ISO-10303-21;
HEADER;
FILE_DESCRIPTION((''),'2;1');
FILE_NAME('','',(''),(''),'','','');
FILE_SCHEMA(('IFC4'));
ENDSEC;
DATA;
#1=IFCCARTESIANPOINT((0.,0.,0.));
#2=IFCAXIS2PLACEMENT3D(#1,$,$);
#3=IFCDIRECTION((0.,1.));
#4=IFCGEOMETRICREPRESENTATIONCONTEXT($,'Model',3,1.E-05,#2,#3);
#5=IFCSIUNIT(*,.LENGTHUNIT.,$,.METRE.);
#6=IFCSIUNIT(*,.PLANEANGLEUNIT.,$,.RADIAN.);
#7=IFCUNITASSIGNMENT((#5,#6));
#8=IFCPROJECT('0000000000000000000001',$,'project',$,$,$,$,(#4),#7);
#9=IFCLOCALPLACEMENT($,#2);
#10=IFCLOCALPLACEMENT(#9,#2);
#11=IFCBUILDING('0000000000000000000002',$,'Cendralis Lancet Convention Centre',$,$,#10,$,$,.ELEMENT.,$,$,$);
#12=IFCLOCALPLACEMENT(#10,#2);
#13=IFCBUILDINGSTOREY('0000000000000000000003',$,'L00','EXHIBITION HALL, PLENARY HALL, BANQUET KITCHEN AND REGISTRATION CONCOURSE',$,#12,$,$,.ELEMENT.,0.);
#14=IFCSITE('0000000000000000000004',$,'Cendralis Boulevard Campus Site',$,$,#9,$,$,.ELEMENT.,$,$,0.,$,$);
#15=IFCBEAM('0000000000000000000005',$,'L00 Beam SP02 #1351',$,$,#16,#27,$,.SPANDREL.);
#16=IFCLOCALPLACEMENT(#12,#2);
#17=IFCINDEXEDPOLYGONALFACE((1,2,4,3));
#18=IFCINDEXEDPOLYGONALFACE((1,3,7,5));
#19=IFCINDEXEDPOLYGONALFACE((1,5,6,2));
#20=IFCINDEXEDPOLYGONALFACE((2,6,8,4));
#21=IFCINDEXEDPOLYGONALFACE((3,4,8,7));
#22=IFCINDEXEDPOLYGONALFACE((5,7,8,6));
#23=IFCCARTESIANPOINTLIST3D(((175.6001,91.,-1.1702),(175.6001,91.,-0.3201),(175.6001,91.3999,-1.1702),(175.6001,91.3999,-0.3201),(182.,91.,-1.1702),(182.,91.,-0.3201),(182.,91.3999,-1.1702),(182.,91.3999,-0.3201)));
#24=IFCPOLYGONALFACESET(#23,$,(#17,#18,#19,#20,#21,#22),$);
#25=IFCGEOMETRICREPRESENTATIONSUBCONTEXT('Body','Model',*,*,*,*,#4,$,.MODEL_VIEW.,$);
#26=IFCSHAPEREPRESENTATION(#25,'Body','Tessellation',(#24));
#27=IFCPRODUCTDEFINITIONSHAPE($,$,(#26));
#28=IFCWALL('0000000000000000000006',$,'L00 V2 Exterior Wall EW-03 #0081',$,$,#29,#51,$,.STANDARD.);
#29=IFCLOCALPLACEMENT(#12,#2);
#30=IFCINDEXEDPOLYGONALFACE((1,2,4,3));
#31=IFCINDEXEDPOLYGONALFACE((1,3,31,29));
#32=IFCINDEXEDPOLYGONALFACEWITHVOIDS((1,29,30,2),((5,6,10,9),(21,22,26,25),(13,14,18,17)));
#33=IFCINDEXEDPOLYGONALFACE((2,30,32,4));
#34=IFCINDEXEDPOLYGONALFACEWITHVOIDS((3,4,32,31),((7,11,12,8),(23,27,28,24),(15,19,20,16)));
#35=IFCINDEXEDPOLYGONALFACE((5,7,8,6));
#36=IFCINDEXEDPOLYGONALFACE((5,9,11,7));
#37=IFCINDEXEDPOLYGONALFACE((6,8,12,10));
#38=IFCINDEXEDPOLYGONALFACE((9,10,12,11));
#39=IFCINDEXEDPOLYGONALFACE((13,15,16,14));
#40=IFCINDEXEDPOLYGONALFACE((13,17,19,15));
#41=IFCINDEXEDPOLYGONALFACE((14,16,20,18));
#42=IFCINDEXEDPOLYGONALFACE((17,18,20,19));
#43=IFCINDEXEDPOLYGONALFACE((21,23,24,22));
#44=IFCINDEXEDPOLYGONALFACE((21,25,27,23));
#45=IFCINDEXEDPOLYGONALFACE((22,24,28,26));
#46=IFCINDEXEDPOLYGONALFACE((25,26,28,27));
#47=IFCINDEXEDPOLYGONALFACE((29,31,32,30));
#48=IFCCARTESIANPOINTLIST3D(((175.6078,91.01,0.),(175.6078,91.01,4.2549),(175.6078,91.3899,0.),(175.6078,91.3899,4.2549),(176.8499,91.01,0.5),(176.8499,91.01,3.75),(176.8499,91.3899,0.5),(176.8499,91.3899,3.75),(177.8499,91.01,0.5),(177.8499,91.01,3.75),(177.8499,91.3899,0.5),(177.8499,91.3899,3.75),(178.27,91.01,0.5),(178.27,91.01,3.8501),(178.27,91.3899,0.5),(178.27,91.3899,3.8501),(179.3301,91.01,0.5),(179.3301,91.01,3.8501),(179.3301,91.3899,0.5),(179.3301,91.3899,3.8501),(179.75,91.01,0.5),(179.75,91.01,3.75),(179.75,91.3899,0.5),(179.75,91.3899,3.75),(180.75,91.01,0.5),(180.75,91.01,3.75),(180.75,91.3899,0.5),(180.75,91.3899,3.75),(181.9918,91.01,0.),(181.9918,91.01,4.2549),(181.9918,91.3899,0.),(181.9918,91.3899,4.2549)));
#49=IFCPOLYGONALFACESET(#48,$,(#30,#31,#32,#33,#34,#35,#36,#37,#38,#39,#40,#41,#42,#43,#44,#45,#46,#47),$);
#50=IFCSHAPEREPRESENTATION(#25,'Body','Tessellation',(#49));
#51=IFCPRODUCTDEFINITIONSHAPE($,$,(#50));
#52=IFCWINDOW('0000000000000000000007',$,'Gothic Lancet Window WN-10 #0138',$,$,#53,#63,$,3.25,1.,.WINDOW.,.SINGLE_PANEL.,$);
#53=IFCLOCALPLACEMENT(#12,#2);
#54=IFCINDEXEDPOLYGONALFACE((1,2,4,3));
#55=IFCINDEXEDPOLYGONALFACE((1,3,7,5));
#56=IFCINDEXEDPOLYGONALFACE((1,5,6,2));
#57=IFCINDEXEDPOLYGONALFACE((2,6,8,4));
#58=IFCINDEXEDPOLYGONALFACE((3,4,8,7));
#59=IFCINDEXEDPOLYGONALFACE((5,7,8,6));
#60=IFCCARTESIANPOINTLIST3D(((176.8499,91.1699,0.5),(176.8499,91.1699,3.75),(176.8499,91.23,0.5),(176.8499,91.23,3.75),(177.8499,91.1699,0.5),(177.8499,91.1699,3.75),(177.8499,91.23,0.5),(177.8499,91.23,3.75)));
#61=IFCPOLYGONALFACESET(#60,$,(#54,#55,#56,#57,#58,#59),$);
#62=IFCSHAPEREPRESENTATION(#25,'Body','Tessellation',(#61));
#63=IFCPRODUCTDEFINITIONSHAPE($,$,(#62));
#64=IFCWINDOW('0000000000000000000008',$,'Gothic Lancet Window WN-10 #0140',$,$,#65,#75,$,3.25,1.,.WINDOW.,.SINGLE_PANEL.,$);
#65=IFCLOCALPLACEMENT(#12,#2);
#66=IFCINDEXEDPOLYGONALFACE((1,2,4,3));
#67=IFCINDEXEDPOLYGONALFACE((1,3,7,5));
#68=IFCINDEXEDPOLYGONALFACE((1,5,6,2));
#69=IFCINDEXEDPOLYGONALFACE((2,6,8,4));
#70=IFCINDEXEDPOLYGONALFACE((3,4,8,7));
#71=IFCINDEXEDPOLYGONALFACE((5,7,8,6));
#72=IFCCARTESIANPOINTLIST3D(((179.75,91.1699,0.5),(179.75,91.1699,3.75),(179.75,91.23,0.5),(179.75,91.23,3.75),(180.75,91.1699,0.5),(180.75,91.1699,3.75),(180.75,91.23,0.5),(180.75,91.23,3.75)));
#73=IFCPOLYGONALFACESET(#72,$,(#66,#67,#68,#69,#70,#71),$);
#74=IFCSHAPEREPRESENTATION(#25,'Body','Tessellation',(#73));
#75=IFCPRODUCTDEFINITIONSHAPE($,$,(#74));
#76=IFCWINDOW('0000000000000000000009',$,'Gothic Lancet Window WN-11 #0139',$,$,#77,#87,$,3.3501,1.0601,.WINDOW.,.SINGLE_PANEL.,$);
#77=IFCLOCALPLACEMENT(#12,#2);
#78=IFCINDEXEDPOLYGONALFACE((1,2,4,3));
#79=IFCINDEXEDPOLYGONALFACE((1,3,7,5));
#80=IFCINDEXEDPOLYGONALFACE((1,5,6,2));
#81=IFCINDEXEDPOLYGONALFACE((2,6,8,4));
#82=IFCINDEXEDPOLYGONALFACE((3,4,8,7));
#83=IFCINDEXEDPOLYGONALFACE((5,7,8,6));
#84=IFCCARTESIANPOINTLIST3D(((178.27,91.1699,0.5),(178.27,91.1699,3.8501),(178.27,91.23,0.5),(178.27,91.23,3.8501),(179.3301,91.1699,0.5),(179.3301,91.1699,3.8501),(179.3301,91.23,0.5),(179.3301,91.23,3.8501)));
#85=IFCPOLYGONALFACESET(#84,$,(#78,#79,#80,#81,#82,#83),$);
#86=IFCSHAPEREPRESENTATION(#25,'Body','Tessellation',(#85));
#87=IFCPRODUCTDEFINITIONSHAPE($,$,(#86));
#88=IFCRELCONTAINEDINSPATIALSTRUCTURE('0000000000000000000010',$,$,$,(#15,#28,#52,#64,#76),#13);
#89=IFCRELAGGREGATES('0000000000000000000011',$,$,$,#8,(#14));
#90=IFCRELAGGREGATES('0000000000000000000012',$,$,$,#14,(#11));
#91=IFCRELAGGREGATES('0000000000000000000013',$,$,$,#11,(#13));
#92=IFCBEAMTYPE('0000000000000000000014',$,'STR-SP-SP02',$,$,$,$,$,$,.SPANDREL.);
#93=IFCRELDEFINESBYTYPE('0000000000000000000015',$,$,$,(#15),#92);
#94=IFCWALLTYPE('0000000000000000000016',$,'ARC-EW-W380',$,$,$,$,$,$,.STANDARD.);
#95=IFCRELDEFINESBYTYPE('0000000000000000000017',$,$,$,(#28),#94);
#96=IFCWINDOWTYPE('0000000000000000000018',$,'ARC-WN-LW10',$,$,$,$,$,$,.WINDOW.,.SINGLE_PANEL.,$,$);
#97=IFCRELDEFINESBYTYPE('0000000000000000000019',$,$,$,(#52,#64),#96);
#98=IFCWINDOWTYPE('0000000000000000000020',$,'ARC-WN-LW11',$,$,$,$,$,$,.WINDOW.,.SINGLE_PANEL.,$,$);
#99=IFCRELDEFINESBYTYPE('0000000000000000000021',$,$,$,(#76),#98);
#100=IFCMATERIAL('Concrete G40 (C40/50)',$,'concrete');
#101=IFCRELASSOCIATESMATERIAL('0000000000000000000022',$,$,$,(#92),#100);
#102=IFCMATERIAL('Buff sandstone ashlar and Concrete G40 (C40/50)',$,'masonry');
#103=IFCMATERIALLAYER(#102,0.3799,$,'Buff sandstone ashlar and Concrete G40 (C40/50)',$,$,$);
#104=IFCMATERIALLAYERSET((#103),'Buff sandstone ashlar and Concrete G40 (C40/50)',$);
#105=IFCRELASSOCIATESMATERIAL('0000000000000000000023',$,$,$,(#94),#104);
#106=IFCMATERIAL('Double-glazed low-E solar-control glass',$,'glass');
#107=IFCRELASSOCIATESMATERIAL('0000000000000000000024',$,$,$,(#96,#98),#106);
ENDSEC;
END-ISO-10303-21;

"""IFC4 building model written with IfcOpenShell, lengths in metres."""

from ifc_helpers import new_model, si_unit, direction, frame, frame_2d, origin, origin_2d, place, context, subcontext, project, spatial, rectangle, extrude, material, layer, layer_set, material_profile, profile_set, type_object, element, fill, save


model = new_model("IFC4")

# Units and contexts
model_context = context("Model", 3, precision=1e-05, world=origin(), true_north=direction((0.0, 1.0)))
body_context = subcontext(model_context, "Body", "Model", "MODEL_VIEW")
ifc_project = project(units=[si_unit("LENGTHUNIT", "METRE"), si_unit("PLANEANGLEUNIT", "RADIAN")], contexts=[model_context])

# Site, building, storey
site_placement = place(None, origin())
site = spatial("IfcSite", under=ifc_project, at=site_placement, Name="Cendralis Boulevard Campus Site", CompositionType="ELEMENT", RefElevation=0.0)
building_placement = place(site_placement, origin())
building = spatial("IfcBuilding", under=site, at=building_placement, Name="Cendralis Lancet Convention Centre", CompositionType="ELEMENT")
storey_placement = place(building_placement, origin())
storey = spatial("IfcBuildingStorey", under=building, at=storey_placement, Name="L00", Description="EXHIBITION HALL, PLENARY HALL, BANQUET KITCHEN AND REGISTRATION CONCOURSE", CompositionType="ELEMENT", Elevation=0.0)

# Shared definitions
ifc_material_1 = material(Name="Concrete G40 (C40/50)", Category="concrete")

# Beam
ifc_material_profile_1 = material_profile(ifc_material_1, rectangle(XDim=0.3999, YDim=0.8501, at=origin_2d()), Name="RCB 400x850")
ifc_profile_set_1 = profile_set([ifc_material_profile_1], Name="Concrete G40 (C40/50)")
beam_type = type_object("IfcBeamType", Name="STR-SP-SP02", PredefinedType="SPANDREL", material=ifc_profile_set_1)
beam_placement = place(storey_placement, frame((175.6001, 91.2, -0.7451), z_axis=(1.0, 0.0, 0.0), x_axis=(0.0, 1.0, 0.0)))
element("IfcBeam", 1, at=beam_placement, inside=storey, type_object=beam_type, Name="L00 Beam SP02 #1351", PredefinedType="SPANDREL", context=body_context, shape_type="SweptSolid", body=[
    extrude(rectangle(XDim=0.3999, YDim=0.8501, at=origin_2d()), origin(), (0.0, 0.0, 1.0), 6.3999),
])

# Wall, openings, windows
ifc_material_2 = material(Name="Buff sandstone ashlar and Concrete G40 (C40/50)", Category="masonry")
ifc_layer = layer(ifc_material_2, 0.3799, Name="Buff sandstone ashlar and Concrete G40 (C40/50)")
ifc_layer_set = layer_set([ifc_layer], Name="Buff sandstone ashlar and Concrete G40 (C40/50)")
wall_type = type_object("IfcWallType", Name="ARC-EW-W380", PredefinedType="STANDARD", material=ifc_layer_set)
wall_placement = place(storey_placement, frame((175.6079, 91.2, 0.0), z_axis=(0.0, 0.0, 1.0), x_axis=(1.0, 0.0, 0.0)))
wall = element("IfcWall", 2, at=wall_placement, inside=storey, type_object=wall_type, Name="L00 V2 Exterior Wall EW-03 #0081", PredefinedType="STANDARD", context=body_context, shape_type="SweptSolid", body=[
    extrude(rectangle(XDim=6.384, YDim=0.3799, at=frame_2d((3.1919, 0.0))), origin(), (0.0, 0.0, 1.0), 4.2549),
])
opening_1_placement = place(wall_placement, frame((1.2419, 0.0, 0.5)))
opening_1 = element("IfcOpeningElement", 3, at=opening_1_placement, cuts=wall, PredefinedType="OPENING", context=body_context, shape_type="SweptSolid", body=[
    extrude(rectangle(XDim=1.0, YDim=3.25, at=frame_2d((0.5, 1.625))), frame((0.0, 0.2, 0.0), z_axis=(0.0, -1.0, 0.0), x_axis=(1.0, 0.0, 0.0)), (0.0, 0.0, 1.0), 0.3999),
])
opening_2_placement = place(wall_placement, frame((2.6621, 0.0, 0.5)))
opening_2 = element("IfcOpeningElement", 4, at=opening_2_placement, cuts=wall, PredefinedType="OPENING", context=body_context, shape_type="SweptSolid", body=[
    extrude(rectangle(XDim=1.0601, YDim=3.3501, at=frame_2d((0.53, 1.675))), frame((0.0, 0.2, 0.0), z_axis=(0.0, -1.0, 0.0), x_axis=(1.0, 0.0, 0.0)), (0.0, 0.0, 1.0), 0.3999),
])
opening_3_placement = place(wall_placement, frame((4.1421, 0.0, 0.5)))
opening_3 = element("IfcOpeningElement", 5, at=opening_3_placement, cuts=wall, PredefinedType="OPENING", context=body_context, shape_type="SweptSolid", body=[
    extrude(rectangle(XDim=1.0, YDim=3.25, at=frame_2d((0.5, 1.625))), frame((0.0, 0.2, 0.0), z_axis=(0.0, -1.0, 0.0), x_axis=(1.0, 0.0, 0.0)), (0.0, 0.0, 1.0), 0.3999),
])
ifc_material_3 = material(Name="Double-glazed low-E solar-control glass", Category="glass")
window_type_1 = type_object("IfcWindowType", Name="ARC-WN-LW10", PartitioningType="SINGLE_PANEL", PredefinedType="WINDOW", material=ifc_material_3)
window_1_placement = place(opening_1_placement, origin())
window_1 = element("IfcWindow", 6, at=window_1_placement, inside=storey, type_object=window_type_1, Name="Gothic Lancet Window WN-10 #0138", OverallHeight=3.25, OverallWidth=1.0, PartitioningType="SINGLE_PANEL", PredefinedType="WINDOW", context=body_context, shape_type="SweptSolid", body=[
    extrude(rectangle(XDim=1.0, YDim=3.25, at=frame_2d((0.5, 1.625))), frame((0.0, 0.03, 0.0), z_axis=(0.0, -1.0, 0.0), x_axis=(1.0, 0.0, 0.0)), (0.0, 0.0, 1.0), 0.0601),
])
fill(opening_1, window_1)
window_2_placement = place(opening_3_placement, origin())
window_2 = element("IfcWindow", 7, at=window_2_placement, inside=storey, type_object=window_type_1, Name="Gothic Lancet Window WN-10 #0140", OverallHeight=3.25, OverallWidth=1.0, PartitioningType="SINGLE_PANEL", PredefinedType="WINDOW", context=body_context, shape_type="SweptSolid", body=[
    extrude(rectangle(XDim=1.0, YDim=3.25, at=frame_2d((0.5, 1.625))), frame((0.0, 0.03, 0.0), z_axis=(0.0, -1.0, 0.0), x_axis=(1.0, 0.0, 0.0)), (0.0, 0.0, 1.0), 0.0601),
])
fill(opening_3, window_2)
window_type_2 = type_object("IfcWindowType", Name="ARC-WN-LW11", PartitioningType="SINGLE_PANEL", PredefinedType="WINDOW", material=ifc_material_3)
window_3_placement = place(opening_2_placement, origin())
window_3 = element("IfcWindow", 8, at=window_3_placement, inside=storey, type_object=window_type_2, Name="Gothic Lancet Window WN-11 #0139", OverallHeight=3.3501, OverallWidth=1.0601, PartitioningType="SINGLE_PANEL", PredefinedType="WINDOW", context=body_context, shape_type="SweptSolid", body=[
    extrude(rectangle(XDim=1.0601, YDim=3.3501, at=frame_2d((0.53, 1.675))), frame((0.0, 0.03, 0.0), z_axis=(0.0, -1.0, 0.0), x_axis=(1.0, 0.0, 0.0)), (0.0, 0.0, 1.0), 0.0601),
])
fill(opening_2, window_3)

save(model, "model.ifc")
